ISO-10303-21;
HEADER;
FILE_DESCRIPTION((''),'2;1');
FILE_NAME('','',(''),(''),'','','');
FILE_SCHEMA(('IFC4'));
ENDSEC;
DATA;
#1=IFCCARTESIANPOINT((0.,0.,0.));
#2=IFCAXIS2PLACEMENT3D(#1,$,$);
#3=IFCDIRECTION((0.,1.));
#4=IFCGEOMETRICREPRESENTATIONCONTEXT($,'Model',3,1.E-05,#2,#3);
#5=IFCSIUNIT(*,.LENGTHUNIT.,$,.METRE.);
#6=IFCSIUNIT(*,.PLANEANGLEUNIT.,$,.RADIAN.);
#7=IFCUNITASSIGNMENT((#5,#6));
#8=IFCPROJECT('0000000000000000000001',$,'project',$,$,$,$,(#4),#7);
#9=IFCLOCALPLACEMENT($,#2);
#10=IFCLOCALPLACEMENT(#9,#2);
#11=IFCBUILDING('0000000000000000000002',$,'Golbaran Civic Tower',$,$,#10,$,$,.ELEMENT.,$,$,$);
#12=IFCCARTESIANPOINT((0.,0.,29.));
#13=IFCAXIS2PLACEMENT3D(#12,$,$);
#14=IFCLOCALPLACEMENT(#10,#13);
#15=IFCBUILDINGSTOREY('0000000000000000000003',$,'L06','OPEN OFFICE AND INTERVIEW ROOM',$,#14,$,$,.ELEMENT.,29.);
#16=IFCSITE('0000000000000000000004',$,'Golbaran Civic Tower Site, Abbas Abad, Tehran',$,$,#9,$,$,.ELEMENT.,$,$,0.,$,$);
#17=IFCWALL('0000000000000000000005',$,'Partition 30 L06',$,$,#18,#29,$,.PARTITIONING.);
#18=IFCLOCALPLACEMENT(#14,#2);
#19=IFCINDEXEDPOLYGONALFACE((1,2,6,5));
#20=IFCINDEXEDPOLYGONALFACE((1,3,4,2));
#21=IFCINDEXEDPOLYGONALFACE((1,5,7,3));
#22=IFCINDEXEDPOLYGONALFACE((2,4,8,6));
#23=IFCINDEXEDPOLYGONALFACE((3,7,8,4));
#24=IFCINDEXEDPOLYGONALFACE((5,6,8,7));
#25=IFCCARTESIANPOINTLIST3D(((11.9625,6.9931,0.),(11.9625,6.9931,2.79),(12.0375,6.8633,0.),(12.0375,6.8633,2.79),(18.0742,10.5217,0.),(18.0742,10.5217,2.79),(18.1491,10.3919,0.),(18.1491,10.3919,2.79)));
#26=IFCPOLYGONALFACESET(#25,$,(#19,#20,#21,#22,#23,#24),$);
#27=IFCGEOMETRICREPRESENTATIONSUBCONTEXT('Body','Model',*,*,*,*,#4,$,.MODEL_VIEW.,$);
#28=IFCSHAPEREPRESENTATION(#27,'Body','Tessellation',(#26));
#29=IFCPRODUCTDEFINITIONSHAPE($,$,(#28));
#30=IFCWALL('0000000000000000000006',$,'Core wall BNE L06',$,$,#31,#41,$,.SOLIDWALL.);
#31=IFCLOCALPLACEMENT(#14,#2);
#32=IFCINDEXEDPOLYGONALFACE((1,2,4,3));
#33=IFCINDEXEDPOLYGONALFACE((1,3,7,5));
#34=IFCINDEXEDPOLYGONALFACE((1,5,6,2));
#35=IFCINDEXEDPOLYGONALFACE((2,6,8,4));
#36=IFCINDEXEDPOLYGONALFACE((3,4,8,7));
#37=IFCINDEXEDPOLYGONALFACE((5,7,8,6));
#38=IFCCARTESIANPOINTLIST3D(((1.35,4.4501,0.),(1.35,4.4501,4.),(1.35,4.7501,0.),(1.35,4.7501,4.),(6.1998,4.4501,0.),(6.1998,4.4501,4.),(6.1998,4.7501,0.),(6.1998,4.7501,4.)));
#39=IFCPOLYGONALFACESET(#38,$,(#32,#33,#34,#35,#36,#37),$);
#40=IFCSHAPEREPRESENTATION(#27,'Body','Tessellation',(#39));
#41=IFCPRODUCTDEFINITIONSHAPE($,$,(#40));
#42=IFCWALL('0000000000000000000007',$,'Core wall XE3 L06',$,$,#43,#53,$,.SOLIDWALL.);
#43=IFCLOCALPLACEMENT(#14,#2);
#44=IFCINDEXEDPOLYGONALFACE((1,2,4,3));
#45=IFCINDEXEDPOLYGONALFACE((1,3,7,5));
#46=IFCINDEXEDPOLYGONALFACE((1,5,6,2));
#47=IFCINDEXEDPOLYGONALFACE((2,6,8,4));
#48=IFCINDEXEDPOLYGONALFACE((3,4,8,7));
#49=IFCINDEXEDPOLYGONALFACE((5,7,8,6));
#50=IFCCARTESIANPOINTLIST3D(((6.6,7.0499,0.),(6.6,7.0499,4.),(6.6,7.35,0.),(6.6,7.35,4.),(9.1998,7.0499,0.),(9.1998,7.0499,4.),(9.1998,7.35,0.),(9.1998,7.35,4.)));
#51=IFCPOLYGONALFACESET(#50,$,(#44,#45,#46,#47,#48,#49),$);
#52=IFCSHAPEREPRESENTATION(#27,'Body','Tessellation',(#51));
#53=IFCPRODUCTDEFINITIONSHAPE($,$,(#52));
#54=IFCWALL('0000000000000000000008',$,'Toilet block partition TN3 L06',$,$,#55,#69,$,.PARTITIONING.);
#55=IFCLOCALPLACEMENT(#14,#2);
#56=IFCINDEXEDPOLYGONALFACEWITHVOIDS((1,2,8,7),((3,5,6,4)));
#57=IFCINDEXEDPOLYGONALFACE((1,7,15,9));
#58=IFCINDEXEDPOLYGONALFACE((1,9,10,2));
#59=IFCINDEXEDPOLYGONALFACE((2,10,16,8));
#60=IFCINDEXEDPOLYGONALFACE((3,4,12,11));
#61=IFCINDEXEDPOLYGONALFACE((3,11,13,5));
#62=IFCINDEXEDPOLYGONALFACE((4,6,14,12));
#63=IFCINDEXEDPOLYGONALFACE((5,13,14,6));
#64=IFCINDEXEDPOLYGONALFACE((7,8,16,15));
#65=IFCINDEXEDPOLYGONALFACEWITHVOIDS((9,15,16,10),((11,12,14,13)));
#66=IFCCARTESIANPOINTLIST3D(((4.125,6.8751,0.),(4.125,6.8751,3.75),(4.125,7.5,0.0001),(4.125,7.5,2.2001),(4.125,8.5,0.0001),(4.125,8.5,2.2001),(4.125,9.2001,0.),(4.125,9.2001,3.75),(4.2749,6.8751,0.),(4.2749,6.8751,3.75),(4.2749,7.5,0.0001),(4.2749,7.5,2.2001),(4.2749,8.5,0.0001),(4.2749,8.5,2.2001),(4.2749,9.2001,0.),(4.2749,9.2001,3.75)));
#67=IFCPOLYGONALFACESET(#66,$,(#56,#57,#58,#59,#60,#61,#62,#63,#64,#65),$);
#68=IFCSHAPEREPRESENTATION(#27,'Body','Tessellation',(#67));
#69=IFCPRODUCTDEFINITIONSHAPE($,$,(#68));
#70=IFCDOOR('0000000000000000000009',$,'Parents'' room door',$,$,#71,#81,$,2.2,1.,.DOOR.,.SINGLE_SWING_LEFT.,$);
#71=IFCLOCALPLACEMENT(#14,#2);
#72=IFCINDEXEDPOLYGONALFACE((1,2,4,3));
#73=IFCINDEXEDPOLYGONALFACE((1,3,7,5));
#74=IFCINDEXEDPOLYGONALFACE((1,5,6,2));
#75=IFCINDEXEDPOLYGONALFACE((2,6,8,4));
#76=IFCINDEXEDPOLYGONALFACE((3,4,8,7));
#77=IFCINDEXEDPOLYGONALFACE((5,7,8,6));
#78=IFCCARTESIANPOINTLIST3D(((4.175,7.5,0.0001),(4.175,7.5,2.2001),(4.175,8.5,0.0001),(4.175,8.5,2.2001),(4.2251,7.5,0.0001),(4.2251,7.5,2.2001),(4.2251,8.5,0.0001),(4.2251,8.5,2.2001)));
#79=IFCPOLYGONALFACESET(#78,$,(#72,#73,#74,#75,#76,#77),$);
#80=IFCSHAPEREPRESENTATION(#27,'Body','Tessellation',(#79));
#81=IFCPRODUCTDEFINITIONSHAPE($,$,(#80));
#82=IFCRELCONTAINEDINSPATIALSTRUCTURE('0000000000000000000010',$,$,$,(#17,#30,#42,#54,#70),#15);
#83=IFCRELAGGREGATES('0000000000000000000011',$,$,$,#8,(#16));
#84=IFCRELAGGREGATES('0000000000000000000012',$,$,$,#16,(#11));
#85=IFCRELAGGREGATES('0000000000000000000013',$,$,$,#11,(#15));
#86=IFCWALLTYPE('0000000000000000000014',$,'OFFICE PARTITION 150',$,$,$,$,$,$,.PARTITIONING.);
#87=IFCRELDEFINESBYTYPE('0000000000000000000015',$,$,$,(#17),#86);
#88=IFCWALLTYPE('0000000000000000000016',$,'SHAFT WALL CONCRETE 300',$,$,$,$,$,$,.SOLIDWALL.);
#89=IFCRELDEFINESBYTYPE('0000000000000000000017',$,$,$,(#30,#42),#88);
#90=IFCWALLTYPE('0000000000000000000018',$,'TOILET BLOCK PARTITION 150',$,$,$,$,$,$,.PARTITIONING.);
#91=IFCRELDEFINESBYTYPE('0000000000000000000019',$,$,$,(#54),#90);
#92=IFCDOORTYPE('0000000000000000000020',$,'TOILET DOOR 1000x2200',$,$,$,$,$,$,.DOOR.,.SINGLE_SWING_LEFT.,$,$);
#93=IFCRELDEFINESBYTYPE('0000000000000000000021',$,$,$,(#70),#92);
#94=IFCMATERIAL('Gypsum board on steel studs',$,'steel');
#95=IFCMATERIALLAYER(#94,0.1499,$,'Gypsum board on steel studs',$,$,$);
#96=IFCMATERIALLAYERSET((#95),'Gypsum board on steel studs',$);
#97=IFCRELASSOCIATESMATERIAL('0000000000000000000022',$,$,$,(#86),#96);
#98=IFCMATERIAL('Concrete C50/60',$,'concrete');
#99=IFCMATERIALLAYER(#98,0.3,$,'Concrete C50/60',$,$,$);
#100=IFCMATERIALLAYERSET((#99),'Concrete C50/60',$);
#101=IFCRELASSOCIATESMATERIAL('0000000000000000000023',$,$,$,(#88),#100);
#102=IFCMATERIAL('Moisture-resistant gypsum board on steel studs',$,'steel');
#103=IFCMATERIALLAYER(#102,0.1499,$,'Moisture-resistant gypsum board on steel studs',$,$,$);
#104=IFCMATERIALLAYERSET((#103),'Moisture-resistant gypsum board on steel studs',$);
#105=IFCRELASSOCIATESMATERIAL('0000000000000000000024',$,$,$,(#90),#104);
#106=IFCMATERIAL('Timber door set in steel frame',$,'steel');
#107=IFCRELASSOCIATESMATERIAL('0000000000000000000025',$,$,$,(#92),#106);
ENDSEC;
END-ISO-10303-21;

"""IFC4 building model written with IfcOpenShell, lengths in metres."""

from ifc_helpers import new_model, si_unit, direction, frame, frame_2d, origin, place, context, subcontext, project, spatial, rectangle, extrude, material, layer, layer_set, type_object, element, fill, save


model = new_model("IFC4")

# Units and contexts
model_context = context("Model", 3, precision=1e-05, world=origin(), true_north=direction((0.0, 1.0)))
body_context = subcontext(model_context, "Body", "Model", "MODEL_VIEW")
ifc_project = project(units=[si_unit("LENGTHUNIT", "METRE"), si_unit("PLANEANGLEUNIT", "RADIAN")], contexts=[model_context])

# Site, building, storey
site_placement = place(None, origin())
site = spatial("IfcSite", under=ifc_project, at=site_placement, Name="Golbaran Civic Tower Site, Abbas Abad, Tehran", CompositionType="ELEMENT", RefElevation=0.0)
building_placement = place(site_placement, origin())
building = spatial("IfcBuilding", under=site, at=building_placement, Name="Golbaran Civic Tower", CompositionType="ELEMENT")
storey_placement = place(building_placement, frame((0.0, 0.0, 29.0)))
storey = spatial("IfcBuildingStorey", under=building, at=storey_placement, Name="L06", Description="OPEN OFFICE AND INTERVIEW ROOM", CompositionType="ELEMENT", Elevation=29.0)

# Shared definitions
ifc_material_1 = material(Name="Timber door set in steel frame", Category="steel")

# Shared definitions
ifc_material_2 = material(Name="Concrete C50/60", Category="concrete")

# Walls
ifc_material_3 = material(Name="Gypsum board on steel studs", Category="steel")
ifc_layer_1 = layer(ifc_material_3, 0.1499, Name="Gypsum board on steel studs")
ifc_layer_set_1 = layer_set([ifc_layer_1], Name="Gypsum board on steel studs")
wall_type_1 = type_object("IfcWallType", Name="OFFICE PARTITION 150", PredefinedType="PARTITIONING", material=ifc_layer_set_1)
wall_1_placement = place(storey_placement, frame((12.0, 6.9282, 0.0), z_axis=(0.0, 0.0, 1.0), x_axis=(0.866023, 0.500005, 0.0)))
element("IfcWall", 1, at=wall_1_placement, inside=storey, type_object=wall_type_1, Name="Partition 30 L06", PredefinedType="PARTITIONING", context=body_context, shape_type="SweptSolid", body=[
    extrude(rectangle(XDim=7.0571, YDim=0.1499, at=frame_2d((3.5286, 0.0))), origin(), (0.0, 0.0, 1.0), 2.79),
])
ifc_layer_2 = layer(ifc_material_2, 0.3, Name="Concrete C50/60")
ifc_layer_set_2 = layer_set([ifc_layer_2], Name="Concrete C50/60")
wall_type_2 = type_object("IfcWallType", Name="SHAFT WALL CONCRETE 300", PredefinedType="SOLIDWALL", material=ifc_layer_set_2)
wall_2_placement = place(storey_placement, frame((1.3501, 4.6001, 0.0), z_axis=(0.0, 0.0, 1.0), x_axis=(1.0, 0.0, 0.0)))
element("IfcWall", 2, at=wall_2_placement, inside=storey, type_object=wall_type_2, Name="Core wall BNE L06", PredefinedType="SOLIDWALL", context=body_context, shape_type="SweptSolid", body=[
    extrude(rectangle(XDim=4.8499, YDim=0.3, at=frame_2d((2.4248, 0.0))), origin(), (0.0, 0.0, 1.0), 4.0),
])
wall_3_placement = place(storey_placement, frame((6.6001, 7.2, 0.0), z_axis=(0.0, 0.0, 1.0), x_axis=(1.0, 0.0, 0.0)))
element("IfcWall", 3, at=wall_3_placement, inside=storey, type_object=wall_type_2, Name="Core wall XE3 L06", PredefinedType="SOLIDWALL", context=body_context, shape_type="SweptSolid", body=[
    extrude(rectangle(XDim=2.5999, YDim=0.3, at=frame_2d((1.2998, 0.0))), origin(), (0.0, 0.0, 1.0), 4.0),
])

# Wall, opening, door
ifc_material_4 = material(Name="Moisture-resistant gypsum board on steel studs", Category="steel")
ifc_layer_3 = layer(ifc_material_4, 0.1499, Name="Moisture-resistant gypsum board on steel studs")
ifc_layer_set_3 = layer_set([ifc_layer_3], Name="Moisture-resistant gypsum board on steel studs")
wall_type_3 = type_object("IfcWallType", Name="TOILET BLOCK PARTITION 150", PredefinedType="PARTITIONING", material=ifc_layer_set_3)
wall_4_placement = place(storey_placement, frame((4.2, 6.875, 0.0), z_axis=(0.0, 0.0, 1.0), x_axis=(0.0, 1.0, 0.0)))
wall_4 = element("IfcWall", 4, at=wall_4_placement, inside=storey, type_object=wall_type_3, Name="Toilet block partition TN3 L06", PredefinedType="PARTITIONING", context=body_context, shape_type="SweptSolid", body=[
    extrude(rectangle(XDim=2.325, YDim=0.1499, at=frame_2d((1.1626, 0.0))), origin(), (0.0, 0.0, 1.0), 3.75),
])
opening_1_placement = place(wall_4_placement, frame((0.625, 0.0, 0.0)))
opening_1 = element("IfcOpeningElement", 5, at=opening_1_placement, cuts=wall_4, PredefinedType="OPENING", context=body_context, shape_type="SweptSolid", body=[
    extrude(rectangle(XDim=1.0, YDim=2.2, at=frame_2d((0.5, 1.1001))), frame((0.0, 0.085, 0.0), z_axis=(0.0, -1.0, 0.0), x_axis=(1.0, 0.0, 0.0)), (0.0, 0.0, 1.0), 0.1699),
])
door_type_1 = type_object("IfcDoorType", Name="TOILET DOOR 1000x2200", OperationType="SINGLE_SWING_LEFT", PredefinedType="DOOR", material=ifc_material_1)
door_1_placement = place(opening_1_placement, origin())
door_1 = element("IfcDoor", 6, at=door_1_placement, inside=storey, type_object=door_type_1, Name="Parents' room door", OperationType="SINGLE_SWING_LEFT", OverallHeight=2.2, OverallWidth=1.0, PredefinedType="DOOR", context=body_context, shape_type="SweptSolid", body=[
    extrude(rectangle(XDim=1.0, YDim=2.2, at=frame_2d((0.5, 1.1001))), frame((0.0, 0.0249, 0.0), z_axis=(0.0, -1.0, 0.0), x_axis=(1.0, 0.0, 0.0)), (0.0, 0.0, 1.0), 0.05),
])
fill(opening_1, door_1)

save(model, "model.ifc")
